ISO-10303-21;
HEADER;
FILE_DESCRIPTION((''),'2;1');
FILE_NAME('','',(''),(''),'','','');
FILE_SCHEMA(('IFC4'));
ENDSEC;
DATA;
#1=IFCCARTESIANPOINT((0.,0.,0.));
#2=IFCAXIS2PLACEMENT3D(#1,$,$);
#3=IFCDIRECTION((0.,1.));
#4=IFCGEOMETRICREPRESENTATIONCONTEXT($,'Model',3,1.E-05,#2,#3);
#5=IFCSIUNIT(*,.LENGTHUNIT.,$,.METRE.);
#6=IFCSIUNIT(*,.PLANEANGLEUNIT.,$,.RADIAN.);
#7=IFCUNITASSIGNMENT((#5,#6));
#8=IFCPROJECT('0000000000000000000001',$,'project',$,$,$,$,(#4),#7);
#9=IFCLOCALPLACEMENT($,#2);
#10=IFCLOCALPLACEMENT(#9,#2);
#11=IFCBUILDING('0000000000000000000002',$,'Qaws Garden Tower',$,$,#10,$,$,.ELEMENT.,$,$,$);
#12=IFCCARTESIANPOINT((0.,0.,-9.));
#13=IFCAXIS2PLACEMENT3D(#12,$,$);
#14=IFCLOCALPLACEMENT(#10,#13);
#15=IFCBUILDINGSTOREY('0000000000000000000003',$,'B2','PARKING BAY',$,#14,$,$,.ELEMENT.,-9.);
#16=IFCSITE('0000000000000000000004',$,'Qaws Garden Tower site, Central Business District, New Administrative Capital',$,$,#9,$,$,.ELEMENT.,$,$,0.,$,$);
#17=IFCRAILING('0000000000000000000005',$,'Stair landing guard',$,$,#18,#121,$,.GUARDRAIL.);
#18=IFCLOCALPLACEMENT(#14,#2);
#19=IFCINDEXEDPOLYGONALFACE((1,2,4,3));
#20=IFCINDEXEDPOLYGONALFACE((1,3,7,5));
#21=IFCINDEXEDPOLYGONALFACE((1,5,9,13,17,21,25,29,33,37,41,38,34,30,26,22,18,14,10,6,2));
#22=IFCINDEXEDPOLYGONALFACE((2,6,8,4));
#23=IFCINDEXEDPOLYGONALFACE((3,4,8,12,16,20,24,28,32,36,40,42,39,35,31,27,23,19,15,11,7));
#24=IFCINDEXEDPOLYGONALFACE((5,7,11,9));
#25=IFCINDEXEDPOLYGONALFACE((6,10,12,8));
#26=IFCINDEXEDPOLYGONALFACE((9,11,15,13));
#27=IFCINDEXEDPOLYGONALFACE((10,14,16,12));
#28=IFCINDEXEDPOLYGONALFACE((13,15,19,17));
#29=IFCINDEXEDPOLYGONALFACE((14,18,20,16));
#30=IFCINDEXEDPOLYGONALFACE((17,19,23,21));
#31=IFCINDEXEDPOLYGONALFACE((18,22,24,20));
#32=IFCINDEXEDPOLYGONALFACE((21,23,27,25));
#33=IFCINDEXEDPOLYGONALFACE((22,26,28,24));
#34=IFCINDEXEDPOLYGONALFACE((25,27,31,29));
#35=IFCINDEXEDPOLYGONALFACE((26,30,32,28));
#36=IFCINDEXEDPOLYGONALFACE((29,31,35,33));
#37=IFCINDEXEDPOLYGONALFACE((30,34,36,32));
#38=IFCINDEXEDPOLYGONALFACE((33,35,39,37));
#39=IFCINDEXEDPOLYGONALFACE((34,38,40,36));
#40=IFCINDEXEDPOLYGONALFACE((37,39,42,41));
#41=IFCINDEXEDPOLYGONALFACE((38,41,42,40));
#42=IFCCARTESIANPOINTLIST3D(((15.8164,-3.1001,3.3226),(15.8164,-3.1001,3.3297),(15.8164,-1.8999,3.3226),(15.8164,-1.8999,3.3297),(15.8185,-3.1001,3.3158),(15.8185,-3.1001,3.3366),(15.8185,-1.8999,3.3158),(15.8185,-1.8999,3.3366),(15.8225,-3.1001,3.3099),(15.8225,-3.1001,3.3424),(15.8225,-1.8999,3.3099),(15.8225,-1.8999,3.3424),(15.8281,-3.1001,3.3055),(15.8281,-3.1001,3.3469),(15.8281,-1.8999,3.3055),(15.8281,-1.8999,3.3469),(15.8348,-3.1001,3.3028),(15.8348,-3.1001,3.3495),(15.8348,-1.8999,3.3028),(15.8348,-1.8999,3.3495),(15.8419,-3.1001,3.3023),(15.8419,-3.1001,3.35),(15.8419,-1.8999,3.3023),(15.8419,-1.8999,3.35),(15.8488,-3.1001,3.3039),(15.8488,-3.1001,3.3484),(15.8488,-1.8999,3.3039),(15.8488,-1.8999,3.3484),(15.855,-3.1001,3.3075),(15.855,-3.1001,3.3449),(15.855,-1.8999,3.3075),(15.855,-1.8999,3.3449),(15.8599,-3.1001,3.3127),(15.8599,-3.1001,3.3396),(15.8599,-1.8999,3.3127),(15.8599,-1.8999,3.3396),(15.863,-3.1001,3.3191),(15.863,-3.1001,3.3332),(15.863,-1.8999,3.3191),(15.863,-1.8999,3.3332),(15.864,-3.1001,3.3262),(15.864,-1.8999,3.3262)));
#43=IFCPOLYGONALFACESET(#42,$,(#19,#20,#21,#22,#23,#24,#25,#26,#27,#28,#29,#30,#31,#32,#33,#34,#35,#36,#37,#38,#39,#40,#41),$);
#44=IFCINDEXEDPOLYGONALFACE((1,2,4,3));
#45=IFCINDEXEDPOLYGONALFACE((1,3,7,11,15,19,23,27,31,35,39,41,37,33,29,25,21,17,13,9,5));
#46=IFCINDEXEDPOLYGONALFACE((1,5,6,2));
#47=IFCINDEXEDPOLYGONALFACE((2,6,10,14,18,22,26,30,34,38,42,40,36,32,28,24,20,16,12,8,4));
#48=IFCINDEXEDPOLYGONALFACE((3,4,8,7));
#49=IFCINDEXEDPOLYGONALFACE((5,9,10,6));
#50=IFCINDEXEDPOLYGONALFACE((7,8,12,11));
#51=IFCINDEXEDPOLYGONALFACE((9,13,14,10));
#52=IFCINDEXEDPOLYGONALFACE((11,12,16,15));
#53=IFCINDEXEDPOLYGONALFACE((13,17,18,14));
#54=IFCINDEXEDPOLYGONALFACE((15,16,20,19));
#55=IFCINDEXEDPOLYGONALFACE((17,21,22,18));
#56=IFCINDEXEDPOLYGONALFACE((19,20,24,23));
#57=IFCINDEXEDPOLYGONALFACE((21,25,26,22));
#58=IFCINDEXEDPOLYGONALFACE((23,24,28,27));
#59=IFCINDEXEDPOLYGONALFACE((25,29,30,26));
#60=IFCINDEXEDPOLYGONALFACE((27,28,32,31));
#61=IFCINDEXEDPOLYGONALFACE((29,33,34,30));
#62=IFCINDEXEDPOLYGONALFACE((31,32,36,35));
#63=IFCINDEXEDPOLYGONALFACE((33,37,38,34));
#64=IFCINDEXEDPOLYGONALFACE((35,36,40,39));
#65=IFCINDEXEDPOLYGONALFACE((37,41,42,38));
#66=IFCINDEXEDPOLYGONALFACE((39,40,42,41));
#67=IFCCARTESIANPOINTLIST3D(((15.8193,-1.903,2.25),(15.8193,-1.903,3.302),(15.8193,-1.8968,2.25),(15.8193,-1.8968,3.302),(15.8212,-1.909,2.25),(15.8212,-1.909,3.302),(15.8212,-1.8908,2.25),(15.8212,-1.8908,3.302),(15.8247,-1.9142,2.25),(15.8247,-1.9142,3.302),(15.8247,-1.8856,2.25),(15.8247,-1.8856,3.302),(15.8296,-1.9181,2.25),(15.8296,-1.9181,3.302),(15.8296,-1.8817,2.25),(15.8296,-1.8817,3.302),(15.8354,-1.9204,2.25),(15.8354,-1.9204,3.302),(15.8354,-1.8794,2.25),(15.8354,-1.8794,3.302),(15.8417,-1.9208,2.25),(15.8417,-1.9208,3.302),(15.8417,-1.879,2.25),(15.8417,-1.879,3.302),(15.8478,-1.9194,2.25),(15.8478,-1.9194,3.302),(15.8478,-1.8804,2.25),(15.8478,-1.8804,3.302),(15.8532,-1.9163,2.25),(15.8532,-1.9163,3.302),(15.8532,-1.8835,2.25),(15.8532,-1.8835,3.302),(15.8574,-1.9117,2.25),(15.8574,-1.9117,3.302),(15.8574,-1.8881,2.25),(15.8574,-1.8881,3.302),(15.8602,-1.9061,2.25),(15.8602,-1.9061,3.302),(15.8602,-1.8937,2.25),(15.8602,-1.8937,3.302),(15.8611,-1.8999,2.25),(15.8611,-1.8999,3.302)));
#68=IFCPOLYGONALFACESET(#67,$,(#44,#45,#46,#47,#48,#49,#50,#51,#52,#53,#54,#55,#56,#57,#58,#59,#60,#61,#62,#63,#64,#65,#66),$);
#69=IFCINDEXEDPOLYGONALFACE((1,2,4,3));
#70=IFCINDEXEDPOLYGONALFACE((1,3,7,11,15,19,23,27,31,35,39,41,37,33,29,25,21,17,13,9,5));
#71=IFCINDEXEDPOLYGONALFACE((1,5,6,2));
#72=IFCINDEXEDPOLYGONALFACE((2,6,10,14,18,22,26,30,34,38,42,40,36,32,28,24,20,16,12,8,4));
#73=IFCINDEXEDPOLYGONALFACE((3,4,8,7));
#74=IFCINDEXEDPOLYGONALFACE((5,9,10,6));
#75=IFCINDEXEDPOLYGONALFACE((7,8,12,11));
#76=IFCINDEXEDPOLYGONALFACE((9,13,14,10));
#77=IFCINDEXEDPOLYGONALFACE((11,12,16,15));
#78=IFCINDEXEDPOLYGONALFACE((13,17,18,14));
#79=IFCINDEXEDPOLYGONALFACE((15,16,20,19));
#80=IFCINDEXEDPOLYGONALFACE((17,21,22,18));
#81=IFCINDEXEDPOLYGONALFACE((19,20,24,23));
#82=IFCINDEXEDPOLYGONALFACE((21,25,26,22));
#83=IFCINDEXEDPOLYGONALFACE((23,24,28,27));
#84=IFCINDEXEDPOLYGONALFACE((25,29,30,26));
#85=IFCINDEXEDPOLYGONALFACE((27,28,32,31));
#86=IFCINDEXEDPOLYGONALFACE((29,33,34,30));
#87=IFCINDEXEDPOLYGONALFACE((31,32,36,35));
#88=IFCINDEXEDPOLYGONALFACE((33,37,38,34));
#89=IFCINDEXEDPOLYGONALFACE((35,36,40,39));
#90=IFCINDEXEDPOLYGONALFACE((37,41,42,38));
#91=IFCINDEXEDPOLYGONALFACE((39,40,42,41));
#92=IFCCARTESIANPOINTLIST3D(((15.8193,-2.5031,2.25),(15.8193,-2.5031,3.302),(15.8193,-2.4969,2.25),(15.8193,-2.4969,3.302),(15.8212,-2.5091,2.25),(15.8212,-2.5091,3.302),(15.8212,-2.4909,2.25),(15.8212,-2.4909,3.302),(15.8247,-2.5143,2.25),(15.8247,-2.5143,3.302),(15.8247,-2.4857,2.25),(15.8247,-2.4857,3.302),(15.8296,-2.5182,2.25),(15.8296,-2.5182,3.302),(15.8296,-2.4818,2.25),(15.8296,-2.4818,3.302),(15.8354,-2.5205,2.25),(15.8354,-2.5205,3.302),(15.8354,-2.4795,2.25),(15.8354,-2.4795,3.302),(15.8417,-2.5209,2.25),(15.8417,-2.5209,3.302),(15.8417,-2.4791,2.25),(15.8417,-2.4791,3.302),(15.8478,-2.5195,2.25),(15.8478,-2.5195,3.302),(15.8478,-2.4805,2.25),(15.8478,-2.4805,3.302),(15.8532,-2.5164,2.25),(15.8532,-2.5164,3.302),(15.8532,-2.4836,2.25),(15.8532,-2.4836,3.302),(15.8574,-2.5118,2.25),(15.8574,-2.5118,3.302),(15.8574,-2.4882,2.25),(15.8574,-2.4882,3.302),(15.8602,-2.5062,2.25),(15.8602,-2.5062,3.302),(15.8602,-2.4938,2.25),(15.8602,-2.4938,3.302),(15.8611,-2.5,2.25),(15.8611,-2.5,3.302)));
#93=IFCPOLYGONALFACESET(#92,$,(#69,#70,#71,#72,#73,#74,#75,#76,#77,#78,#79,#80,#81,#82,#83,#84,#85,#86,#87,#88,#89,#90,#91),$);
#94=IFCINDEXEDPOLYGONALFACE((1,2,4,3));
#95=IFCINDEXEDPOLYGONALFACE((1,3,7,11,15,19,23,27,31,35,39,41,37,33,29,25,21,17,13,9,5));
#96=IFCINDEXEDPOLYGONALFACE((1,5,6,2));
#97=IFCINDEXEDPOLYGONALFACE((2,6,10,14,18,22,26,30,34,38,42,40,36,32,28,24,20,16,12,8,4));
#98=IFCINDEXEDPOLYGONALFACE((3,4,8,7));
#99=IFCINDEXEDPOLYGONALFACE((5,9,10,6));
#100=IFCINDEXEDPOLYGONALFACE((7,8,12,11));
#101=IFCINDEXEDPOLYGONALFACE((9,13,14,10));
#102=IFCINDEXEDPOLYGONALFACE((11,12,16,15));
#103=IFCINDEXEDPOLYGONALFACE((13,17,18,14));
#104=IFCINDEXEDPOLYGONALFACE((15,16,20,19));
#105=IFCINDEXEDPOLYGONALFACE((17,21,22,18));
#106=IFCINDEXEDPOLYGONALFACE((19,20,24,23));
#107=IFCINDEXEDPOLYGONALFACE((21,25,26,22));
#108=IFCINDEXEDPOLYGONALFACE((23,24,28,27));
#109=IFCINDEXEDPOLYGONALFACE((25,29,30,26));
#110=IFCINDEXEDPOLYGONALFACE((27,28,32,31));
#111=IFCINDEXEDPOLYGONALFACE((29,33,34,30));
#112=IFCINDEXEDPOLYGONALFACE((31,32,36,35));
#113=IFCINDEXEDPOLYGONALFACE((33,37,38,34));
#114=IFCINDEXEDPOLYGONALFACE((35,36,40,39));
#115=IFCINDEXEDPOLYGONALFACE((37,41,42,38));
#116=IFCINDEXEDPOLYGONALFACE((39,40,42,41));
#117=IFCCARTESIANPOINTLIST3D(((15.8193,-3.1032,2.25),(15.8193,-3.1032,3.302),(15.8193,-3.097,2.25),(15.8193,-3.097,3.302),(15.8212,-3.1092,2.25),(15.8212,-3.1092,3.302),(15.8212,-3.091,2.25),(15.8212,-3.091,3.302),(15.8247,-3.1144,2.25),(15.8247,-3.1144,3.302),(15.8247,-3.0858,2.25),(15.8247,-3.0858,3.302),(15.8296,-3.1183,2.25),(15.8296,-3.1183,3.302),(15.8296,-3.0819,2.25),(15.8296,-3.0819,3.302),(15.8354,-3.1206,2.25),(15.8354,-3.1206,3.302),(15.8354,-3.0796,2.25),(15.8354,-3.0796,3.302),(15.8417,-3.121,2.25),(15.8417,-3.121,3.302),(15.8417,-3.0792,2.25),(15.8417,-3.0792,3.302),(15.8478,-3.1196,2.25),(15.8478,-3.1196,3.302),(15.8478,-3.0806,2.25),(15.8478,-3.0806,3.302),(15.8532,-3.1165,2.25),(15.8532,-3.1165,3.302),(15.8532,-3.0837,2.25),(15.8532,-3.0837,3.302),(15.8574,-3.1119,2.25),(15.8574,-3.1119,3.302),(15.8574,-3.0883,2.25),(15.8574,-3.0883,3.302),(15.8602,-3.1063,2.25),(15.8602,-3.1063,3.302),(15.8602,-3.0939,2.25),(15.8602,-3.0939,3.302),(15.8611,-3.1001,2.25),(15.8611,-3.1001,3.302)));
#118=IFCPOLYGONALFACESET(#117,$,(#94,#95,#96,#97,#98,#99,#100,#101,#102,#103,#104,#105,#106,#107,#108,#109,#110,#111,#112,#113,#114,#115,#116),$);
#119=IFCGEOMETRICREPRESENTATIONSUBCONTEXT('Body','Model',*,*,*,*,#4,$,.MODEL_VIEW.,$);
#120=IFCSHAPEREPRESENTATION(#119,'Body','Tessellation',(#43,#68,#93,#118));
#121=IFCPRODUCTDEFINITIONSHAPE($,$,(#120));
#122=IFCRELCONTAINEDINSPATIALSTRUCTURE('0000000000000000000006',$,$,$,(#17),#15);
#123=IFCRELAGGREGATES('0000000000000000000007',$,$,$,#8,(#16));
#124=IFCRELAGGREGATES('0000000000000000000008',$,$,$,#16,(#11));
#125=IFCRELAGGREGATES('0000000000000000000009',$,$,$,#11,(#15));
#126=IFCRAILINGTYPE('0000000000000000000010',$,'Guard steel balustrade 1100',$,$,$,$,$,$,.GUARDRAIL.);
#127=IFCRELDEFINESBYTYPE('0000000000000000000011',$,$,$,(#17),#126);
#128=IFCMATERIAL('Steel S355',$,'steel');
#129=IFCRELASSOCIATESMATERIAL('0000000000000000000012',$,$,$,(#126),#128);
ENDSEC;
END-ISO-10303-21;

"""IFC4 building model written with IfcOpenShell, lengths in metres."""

from ifc_helpers import new_model, si_unit, direction, frame, origin, origin_2d, place, context, subcontext, project, spatial, circle, extrude, material, type_object, element, save


model = new_model("IFC4")

# Units and contexts
model_context = context("Model", 3, precision=1e-05, world=origin(), true_north=direction((0.0, 1.0)))
body_context = subcontext(model_context, "Body", "Model", "MODEL_VIEW")
ifc_project = project(units=[si_unit("LENGTHUNIT", "METRE"), si_unit("PLANEANGLEUNIT", "RADIAN")], contexts=[model_context])

# Site, building, storey
site_placement = place(None, origin())
site = spatial("IfcSite", under=ifc_project, at=site_placement, Name="Qaws Garden Tower site, Central Business District, New Administrative Capital", CompositionType="ELEMENT", RefElevation=0.0)
building_placement = place(site_placement, origin())
building = spatial("IfcBuilding", under=site, at=building_placement, Name="Qaws Garden Tower", CompositionType="ELEMENT")
storey_placement = place(building_placement, frame((0.0, 0.0, -9.0)))
storey = spatial("IfcBuildingStorey", under=building, at=storey_placement, Name="B2", Description="PARKING BAY", CompositionType="ELEMENT", Elevation=-9.0)

# Railing
ifc_material_1 = material(Name="Steel S355", Category="steel")
railing_type_1 = type_object("IfcRailingType", Name="Guard steel balustrade 1100", PredefinedType="GUARDRAIL", material=ifc_material_1)
railing_1_placement = place(storey_placement, frame((15.8401, -1.8999, 2.25)))
element("IfcRailing", 1, at=railing_1_placement, inside=storey, type_object=railing_type_1, Name="Stair landing guard", PredefinedType="GUARDRAIL", context=body_context, shape_type="SweptSolid", body=[
    extrude(circle(Radius=0.0239, at=origin_2d()), frame((0.0, 0.0, 1.0762), z_axis=(0.0, -1.0, 0.0), x_axis=(1.0, 0.0, 0.0)), (0.0, 0.0, 1.0), 1.2002),
    extrude(circle(Radius=0.021, at=origin_2d()), origin(), (0.0, 0.0, 1.0), 1.052),
    extrude(circle(Radius=0.021, at=origin_2d()), frame((0.0, -0.6001, 0.0)), (0.0, 0.0, 1.0), 1.052),
    extrude(circle(Radius=0.021, at=origin_2d()), frame((0.0, -1.2002, 0.0)), (0.0, 0.0, 1.0), 1.052),
])

save(model, "model.ifc")
